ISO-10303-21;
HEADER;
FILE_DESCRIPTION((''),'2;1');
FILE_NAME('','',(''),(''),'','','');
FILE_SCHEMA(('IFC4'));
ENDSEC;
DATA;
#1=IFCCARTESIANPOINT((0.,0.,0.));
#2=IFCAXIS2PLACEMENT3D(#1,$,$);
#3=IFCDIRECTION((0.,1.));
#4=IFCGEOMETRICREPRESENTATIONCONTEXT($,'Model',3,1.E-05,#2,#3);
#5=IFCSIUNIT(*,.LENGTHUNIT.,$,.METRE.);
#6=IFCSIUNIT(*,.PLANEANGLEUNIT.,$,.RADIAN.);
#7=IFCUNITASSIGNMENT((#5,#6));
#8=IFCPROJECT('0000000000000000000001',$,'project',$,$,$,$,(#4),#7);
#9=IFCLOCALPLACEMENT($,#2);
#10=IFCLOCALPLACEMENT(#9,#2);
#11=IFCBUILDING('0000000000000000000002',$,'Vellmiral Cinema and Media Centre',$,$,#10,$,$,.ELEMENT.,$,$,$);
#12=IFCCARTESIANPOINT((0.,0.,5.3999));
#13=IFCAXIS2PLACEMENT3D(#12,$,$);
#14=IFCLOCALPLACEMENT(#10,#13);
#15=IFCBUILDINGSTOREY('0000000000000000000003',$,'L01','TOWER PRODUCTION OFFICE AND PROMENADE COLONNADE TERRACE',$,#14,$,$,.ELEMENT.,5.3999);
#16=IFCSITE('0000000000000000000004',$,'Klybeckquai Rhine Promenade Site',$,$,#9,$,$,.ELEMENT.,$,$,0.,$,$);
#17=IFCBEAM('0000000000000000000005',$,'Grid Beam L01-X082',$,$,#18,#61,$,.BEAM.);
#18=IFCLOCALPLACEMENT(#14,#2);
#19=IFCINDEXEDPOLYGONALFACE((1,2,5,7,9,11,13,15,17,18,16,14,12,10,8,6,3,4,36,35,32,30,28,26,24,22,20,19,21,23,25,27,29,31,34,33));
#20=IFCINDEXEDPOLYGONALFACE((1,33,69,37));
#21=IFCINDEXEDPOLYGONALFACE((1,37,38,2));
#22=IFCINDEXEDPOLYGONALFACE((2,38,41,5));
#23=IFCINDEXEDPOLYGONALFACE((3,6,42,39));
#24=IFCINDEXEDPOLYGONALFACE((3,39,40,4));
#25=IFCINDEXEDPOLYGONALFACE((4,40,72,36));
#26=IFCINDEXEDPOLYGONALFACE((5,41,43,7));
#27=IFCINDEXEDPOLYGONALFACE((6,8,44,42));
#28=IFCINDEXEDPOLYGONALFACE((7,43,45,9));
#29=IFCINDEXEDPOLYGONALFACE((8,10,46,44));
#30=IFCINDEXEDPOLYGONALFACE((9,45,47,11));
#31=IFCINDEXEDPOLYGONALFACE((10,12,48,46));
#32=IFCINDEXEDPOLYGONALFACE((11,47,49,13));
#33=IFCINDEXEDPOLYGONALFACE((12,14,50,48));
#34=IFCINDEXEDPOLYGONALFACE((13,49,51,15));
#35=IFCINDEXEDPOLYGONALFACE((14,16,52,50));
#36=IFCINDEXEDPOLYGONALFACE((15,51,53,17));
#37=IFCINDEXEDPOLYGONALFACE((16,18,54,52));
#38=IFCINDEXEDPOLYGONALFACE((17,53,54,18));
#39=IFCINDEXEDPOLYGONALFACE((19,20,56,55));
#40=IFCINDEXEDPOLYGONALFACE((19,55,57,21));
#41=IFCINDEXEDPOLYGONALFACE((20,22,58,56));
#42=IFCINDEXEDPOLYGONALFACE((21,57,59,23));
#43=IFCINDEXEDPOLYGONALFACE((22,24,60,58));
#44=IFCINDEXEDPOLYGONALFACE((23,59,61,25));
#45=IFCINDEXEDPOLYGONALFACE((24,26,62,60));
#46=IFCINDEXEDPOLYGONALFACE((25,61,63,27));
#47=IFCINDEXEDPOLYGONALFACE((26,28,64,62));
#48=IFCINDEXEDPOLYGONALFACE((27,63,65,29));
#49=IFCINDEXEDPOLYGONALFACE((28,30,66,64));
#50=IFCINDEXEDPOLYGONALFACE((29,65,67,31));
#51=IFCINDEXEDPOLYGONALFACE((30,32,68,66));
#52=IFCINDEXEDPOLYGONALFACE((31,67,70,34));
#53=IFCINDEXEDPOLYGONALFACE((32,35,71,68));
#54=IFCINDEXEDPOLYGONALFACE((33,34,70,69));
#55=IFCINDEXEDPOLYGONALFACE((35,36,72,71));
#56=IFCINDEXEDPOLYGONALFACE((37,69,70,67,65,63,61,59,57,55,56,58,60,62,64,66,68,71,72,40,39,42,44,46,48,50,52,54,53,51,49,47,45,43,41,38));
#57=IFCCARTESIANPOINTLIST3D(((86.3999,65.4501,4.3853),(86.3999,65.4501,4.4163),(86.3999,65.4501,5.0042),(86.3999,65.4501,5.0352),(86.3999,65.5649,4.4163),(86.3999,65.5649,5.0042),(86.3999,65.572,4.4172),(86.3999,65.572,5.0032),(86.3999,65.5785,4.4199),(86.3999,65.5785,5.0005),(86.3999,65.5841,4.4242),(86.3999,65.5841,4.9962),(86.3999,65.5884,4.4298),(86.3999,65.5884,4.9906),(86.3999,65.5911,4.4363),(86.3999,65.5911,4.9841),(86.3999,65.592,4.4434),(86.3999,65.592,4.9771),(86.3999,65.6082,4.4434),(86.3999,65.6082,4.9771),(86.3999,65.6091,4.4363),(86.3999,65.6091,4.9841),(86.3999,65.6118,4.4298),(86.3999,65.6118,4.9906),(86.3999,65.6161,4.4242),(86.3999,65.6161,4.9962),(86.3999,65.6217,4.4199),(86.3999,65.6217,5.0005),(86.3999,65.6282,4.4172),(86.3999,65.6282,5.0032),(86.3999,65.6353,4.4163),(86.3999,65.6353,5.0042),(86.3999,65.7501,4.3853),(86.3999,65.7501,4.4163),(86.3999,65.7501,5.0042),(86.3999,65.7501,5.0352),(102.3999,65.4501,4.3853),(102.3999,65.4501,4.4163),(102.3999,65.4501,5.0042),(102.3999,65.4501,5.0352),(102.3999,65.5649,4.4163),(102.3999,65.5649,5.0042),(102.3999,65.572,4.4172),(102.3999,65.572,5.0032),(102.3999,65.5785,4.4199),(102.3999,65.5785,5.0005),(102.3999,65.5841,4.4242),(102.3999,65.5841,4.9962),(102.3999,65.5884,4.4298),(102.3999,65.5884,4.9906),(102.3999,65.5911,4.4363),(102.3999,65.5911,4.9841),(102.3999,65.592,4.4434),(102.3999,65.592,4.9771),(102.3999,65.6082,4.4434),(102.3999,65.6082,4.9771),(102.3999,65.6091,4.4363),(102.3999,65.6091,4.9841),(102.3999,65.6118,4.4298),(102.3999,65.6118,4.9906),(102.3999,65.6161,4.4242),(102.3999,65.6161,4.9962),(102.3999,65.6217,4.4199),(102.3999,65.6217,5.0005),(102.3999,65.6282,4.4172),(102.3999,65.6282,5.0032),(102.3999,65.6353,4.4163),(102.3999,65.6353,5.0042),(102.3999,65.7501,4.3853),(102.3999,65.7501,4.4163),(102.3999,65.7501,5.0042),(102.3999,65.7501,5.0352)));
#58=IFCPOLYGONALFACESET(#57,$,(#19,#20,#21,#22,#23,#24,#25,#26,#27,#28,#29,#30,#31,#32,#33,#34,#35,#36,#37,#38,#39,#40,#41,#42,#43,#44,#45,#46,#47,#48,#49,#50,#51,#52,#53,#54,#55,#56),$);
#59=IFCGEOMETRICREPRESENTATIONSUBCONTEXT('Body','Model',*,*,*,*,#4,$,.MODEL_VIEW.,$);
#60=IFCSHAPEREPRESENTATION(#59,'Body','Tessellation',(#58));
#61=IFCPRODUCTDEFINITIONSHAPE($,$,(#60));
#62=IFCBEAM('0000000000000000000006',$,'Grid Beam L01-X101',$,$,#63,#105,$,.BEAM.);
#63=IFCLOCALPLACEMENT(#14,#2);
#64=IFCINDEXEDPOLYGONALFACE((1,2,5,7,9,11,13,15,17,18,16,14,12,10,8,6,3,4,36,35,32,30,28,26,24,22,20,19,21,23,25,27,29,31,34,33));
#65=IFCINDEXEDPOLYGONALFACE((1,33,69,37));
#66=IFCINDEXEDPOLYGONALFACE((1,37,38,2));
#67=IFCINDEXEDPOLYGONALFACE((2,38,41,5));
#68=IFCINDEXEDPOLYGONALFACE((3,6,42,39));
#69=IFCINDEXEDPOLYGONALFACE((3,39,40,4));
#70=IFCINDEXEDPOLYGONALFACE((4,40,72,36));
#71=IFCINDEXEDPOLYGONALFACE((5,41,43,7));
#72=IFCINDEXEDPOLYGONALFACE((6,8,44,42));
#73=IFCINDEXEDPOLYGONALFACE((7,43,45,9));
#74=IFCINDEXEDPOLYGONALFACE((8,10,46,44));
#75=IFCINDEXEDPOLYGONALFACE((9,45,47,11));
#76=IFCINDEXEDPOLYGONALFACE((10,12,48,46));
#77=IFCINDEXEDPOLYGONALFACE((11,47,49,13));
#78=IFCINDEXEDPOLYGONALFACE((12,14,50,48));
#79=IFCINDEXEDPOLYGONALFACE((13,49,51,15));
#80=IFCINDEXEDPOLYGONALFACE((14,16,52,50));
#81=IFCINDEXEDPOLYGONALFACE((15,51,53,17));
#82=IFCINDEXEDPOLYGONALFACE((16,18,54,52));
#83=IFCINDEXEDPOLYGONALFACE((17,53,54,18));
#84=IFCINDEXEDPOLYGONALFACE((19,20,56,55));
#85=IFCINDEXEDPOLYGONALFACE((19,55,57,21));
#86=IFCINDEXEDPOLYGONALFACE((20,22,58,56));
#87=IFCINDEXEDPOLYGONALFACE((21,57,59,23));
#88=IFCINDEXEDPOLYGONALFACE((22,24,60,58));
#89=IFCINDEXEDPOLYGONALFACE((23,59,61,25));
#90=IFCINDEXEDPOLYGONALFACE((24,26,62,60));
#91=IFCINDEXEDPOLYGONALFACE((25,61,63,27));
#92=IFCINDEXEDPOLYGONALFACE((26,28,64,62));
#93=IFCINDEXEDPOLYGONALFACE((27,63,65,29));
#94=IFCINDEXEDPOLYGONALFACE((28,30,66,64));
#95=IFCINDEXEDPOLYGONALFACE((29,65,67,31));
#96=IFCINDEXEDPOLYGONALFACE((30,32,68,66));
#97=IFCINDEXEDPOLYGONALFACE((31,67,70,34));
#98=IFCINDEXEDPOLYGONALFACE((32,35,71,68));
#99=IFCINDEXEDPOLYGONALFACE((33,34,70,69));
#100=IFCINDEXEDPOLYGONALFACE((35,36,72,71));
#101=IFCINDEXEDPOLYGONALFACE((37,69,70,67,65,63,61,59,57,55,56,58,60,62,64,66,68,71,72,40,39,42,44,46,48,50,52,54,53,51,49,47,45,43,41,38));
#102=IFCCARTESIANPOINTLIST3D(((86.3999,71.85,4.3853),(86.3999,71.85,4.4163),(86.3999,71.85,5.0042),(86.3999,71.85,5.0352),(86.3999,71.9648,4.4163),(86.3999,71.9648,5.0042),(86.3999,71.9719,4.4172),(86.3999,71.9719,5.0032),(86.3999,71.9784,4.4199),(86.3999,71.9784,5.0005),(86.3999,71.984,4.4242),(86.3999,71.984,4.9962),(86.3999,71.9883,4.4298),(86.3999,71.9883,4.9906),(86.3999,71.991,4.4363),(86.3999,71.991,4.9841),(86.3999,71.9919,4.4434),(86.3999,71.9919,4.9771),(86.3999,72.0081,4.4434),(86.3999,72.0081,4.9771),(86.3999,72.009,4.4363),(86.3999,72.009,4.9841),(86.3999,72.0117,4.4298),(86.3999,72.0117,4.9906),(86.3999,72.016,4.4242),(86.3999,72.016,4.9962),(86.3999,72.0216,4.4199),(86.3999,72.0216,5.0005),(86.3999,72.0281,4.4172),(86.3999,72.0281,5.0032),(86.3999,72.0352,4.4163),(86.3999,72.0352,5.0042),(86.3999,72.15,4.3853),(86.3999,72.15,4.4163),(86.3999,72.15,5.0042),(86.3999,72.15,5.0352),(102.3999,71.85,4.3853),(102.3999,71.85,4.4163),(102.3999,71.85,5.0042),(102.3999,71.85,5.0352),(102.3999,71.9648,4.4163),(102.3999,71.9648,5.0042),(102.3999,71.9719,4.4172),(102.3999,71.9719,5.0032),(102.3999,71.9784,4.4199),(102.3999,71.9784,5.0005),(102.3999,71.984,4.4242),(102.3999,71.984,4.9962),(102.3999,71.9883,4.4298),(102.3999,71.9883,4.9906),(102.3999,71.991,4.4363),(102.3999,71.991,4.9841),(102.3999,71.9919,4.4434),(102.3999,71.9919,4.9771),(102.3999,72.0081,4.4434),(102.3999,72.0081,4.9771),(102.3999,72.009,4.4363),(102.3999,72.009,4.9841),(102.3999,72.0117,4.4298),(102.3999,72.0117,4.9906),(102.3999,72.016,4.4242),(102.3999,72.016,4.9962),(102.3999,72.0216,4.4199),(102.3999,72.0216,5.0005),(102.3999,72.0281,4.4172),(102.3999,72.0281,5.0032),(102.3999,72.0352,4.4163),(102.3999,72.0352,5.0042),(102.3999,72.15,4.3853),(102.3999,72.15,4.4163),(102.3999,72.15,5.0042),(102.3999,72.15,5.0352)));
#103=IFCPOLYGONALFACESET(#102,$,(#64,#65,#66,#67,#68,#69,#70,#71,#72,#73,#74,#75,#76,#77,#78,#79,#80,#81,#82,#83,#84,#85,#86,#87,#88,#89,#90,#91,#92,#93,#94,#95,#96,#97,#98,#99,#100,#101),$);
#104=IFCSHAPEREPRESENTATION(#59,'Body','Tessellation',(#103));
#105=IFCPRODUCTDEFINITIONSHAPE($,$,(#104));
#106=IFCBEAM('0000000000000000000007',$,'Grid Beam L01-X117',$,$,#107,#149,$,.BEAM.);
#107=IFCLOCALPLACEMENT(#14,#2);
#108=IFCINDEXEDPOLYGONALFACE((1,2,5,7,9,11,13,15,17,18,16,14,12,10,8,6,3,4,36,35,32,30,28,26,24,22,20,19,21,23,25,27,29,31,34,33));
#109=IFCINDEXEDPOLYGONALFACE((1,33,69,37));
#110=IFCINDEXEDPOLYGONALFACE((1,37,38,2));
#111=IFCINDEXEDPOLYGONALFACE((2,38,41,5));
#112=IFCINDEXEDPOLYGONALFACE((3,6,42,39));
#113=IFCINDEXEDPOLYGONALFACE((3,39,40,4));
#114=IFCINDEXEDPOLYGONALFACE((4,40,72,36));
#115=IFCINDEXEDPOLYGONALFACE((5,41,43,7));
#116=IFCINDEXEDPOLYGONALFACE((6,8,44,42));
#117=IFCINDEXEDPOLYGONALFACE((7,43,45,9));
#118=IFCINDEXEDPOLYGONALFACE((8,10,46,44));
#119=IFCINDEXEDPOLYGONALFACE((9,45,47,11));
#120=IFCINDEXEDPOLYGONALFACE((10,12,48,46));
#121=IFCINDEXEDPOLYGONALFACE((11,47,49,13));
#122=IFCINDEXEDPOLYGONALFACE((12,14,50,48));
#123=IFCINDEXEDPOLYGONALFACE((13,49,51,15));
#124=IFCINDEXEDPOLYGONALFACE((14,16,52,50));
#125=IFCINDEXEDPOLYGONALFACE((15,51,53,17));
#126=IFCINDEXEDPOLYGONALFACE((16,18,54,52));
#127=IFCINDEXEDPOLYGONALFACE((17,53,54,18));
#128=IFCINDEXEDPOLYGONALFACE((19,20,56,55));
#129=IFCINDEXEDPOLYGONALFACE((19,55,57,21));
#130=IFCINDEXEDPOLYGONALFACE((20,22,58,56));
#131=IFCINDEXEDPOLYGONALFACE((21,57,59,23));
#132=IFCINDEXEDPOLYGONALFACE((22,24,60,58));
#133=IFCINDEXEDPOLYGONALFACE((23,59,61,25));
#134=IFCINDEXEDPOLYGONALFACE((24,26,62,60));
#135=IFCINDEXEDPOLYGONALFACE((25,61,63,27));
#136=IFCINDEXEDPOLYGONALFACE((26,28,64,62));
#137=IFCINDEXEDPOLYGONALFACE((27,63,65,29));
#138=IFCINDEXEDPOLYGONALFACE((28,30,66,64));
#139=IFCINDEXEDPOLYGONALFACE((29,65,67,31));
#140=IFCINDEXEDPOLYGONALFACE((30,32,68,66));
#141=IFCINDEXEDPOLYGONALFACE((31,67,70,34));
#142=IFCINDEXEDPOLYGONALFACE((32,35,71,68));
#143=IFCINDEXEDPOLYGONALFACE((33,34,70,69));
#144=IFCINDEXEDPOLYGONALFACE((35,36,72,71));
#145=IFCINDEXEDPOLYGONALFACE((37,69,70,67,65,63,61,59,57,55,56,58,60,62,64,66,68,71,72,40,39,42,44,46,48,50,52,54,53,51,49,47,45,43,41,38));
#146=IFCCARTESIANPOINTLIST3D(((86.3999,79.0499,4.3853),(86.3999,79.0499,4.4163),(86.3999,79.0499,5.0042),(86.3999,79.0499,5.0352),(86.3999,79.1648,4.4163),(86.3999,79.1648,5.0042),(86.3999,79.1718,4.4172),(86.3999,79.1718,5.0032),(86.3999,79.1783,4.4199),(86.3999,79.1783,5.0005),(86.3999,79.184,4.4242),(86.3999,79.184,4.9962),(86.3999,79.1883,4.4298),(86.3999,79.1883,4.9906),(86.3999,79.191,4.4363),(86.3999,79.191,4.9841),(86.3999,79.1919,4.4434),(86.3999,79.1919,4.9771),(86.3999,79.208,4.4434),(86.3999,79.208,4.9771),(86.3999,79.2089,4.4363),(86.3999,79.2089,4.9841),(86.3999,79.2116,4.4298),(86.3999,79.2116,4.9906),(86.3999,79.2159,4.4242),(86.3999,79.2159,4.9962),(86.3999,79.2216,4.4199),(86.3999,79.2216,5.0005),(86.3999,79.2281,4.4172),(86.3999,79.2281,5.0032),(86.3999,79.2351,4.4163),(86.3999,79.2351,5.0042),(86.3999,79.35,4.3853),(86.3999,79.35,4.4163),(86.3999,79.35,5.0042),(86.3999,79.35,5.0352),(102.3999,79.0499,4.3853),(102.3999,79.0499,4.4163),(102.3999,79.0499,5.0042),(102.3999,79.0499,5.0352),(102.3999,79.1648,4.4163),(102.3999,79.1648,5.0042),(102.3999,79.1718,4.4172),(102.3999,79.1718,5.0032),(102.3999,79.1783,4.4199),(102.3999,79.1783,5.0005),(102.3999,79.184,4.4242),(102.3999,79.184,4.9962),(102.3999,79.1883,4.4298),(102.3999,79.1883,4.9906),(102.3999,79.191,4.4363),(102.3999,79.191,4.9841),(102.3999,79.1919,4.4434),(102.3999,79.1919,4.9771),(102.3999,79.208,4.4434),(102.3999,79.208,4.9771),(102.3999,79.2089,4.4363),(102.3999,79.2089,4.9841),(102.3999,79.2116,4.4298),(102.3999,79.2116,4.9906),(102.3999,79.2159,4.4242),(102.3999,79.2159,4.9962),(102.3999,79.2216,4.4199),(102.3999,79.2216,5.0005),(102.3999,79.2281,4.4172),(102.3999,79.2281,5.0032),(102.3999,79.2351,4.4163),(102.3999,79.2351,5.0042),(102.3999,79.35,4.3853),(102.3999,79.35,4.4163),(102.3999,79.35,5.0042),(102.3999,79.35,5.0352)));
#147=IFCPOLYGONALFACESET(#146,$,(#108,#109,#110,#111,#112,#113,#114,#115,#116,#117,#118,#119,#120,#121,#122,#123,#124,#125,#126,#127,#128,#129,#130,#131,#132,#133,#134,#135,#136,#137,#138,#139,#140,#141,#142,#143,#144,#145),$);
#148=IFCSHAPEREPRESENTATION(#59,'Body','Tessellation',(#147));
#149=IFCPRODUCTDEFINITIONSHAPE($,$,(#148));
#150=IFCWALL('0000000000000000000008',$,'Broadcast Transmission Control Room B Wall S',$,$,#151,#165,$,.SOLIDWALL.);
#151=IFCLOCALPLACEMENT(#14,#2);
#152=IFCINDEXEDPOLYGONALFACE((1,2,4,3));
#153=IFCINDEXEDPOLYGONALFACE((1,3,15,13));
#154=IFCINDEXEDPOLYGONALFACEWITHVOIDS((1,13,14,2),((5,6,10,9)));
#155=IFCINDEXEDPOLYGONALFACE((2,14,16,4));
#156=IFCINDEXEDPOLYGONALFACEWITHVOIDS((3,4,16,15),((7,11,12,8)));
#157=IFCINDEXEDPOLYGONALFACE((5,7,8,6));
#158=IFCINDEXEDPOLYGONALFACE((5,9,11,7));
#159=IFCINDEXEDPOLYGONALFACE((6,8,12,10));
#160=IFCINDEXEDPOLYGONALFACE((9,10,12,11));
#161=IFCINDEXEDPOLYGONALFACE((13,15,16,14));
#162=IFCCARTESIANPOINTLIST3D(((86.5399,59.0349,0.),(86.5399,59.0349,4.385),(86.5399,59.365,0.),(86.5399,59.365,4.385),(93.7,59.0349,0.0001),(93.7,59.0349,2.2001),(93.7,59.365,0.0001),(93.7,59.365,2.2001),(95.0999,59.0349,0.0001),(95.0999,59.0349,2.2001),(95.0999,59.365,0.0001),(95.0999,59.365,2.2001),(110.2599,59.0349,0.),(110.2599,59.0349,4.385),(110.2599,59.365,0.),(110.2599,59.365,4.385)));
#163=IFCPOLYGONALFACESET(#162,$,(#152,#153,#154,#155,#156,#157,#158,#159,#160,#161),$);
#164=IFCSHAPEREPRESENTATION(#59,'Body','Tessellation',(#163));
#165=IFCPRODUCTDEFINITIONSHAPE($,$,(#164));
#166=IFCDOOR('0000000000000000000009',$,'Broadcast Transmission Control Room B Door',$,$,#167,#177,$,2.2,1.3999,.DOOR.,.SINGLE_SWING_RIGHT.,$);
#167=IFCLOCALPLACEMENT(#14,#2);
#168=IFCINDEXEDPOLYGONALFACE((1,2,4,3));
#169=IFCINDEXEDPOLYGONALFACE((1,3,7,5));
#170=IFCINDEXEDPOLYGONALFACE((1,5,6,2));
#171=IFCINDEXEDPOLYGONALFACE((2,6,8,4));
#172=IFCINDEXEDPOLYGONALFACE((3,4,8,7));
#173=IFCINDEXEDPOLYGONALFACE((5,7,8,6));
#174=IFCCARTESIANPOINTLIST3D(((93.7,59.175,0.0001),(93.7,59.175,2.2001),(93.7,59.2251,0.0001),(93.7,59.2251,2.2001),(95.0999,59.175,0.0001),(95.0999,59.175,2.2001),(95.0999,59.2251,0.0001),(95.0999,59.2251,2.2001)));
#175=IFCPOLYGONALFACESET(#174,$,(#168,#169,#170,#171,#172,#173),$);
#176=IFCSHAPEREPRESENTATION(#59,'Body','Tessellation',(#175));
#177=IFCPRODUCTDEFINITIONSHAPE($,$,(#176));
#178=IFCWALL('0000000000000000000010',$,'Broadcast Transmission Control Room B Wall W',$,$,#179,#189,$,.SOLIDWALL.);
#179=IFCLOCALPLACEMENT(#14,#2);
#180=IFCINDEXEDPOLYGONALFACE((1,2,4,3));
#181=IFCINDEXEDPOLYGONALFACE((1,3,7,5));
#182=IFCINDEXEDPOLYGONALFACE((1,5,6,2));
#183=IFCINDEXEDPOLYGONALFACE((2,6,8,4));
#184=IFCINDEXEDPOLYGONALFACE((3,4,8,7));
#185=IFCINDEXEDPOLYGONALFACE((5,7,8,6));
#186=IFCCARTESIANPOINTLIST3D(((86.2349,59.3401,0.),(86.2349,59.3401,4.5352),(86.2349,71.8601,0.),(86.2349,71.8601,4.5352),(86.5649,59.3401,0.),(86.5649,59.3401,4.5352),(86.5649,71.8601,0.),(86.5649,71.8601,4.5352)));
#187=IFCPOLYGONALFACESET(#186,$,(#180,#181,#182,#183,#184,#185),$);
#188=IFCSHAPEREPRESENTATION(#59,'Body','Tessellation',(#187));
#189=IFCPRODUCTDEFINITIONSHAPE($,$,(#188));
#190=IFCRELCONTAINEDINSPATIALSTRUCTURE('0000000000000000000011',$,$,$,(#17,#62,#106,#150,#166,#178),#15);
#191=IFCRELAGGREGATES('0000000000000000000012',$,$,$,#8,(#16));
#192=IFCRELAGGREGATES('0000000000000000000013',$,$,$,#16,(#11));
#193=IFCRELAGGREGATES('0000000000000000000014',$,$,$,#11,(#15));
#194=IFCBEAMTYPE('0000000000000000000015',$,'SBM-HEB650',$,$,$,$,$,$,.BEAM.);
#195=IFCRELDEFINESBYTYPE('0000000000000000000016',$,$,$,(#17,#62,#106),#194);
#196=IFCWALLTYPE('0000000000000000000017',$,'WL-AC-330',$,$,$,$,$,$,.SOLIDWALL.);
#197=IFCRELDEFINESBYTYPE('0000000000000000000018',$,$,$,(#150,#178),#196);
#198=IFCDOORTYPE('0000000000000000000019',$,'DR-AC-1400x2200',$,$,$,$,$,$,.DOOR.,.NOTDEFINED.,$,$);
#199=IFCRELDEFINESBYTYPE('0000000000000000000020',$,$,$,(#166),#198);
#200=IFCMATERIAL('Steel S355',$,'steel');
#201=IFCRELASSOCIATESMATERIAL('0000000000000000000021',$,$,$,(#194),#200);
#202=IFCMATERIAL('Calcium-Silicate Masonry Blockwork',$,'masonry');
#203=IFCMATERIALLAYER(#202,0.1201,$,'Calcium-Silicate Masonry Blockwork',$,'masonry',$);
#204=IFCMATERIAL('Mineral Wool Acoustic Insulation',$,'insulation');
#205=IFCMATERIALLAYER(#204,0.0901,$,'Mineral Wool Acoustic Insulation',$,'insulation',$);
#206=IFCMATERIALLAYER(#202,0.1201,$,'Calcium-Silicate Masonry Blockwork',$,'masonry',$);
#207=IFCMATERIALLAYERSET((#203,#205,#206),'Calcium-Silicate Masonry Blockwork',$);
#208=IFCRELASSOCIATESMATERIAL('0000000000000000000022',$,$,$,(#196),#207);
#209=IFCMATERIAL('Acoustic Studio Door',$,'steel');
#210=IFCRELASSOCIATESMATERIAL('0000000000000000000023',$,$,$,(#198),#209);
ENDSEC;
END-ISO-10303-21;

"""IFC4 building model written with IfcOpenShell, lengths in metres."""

from ifc_helpers import new_model, si_unit, direction, frame, frame_2d, origin, origin_2d, place, context, subcontext, project, spatial, rectangle, i_section, extrude, material, layer, layer_set, material_profile, profile_set, type_object, element, fill, save


model = new_model("IFC4")

# Units and contexts
model_context = context("Model", 3, precision=1e-05, world=origin(), true_north=direction((0.0, 1.0)))
body_context = subcontext(model_context, "Body", "Model", "MODEL_VIEW")
ifc_project = project(units=[si_unit("LENGTHUNIT", "METRE"), si_unit("PLANEANGLEUNIT", "RADIAN")], contexts=[model_context])

# Site, building, storey
site_placement = place(None, origin())
site = spatial("IfcSite", under=ifc_project, at=site_placement, Name="Klybeckquai Rhine Promenade Site", CompositionType="ELEMENT", RefElevation=0.0)
building_placement = place(site_placement, origin())
building = spatial("IfcBuilding", under=site, at=building_placement, Name="Vellmiral Cinema and Media Centre", CompositionType="ELEMENT")
storey_placement = place(building_placement, frame((0.0, 0.0, 5.3999)))
storey = spatial("IfcBuildingStorey", under=building, at=storey_placement, Name="L01", Description="TOWER PRODUCTION OFFICE AND PROMENADE COLONNADE TERRACE", CompositionType="ELEMENT", Elevation=5.3999)

# Beams
ifc_material_1 = material(Name="Steel S355", Category="steel")
ifc_material_profile_1 = material_profile(ifc_material_1, i_section(OverallWidth=0.3, OverallDepth=0.6499, WebThickness=0.0161, FlangeThickness=0.031, FilletRadius=0.0271, at=origin_2d()), Name="HEB 650")
ifc_profile_set_1 = profile_set([ifc_material_profile_1], Name="Steel S355")
beam_type_1 = type_object("IfcBeamType", Name="SBM-HEB650", PredefinedType="BEAM", material=ifc_profile_set_1)
for number, where, z_axis, x_axis, name in (
    (1, (86.3999, 65.6001, 4.7102), (1.0, 0.0, 0.0), (0.0, 1.0, 0.0), "Grid Beam L01-X082"),
    (2, (86.3999, 72.0, 4.7102), (1.0, 0.0, 0.0), (0.0, 1.0, 0.0), "Grid Beam L01-X101"),
    (3, (86.3999, 79.2, 4.7102), (1.0, 0.0, 0.0), (0.0, 1.0, 0.0), "Grid Beam L01-X117"),
):
    element("IfcBeam", number, at=place(storey_placement, frame(where, z_axis=z_axis, x_axis=x_axis)), inside=storey, type_object=beam_type_1, Name=name, PredefinedType="BEAM", context=body_context, shape_type="SweptSolid", body=[
        extrude(i_section(OverallWidth=0.3, OverallDepth=0.6499, WebThickness=0.0161, FlangeThickness=0.031, FilletRadius=0.0271, at=origin_2d()), origin(), (0.0, 0.0, 1.0), 16.0),
    ])

# Wall, opening, door
ifc_material_2 = material(Name="Calcium-Silicate Masonry Blockwork", Category="masonry")
ifc_layer_1 = layer(ifc_material_2, 0.1201, Name="Calcium-Silicate Masonry Blockwork", Category="masonry")
ifc_material_3 = material(Name="Mineral Wool Acoustic Insulation", Category="insulation")
ifc_layer_2 = layer(ifc_material_3, 0.0901, Name="Mineral Wool Acoustic Insulation", Category="insulation")
ifc_layer_3 = layer(ifc_material_2, 0.1201, Name="Calcium-Silicate Masonry Blockwork", Category="masonry")
ifc_layer_set_1 = layer_set([ifc_layer_1, ifc_layer_2, ifc_layer_3], Name="Calcium-Silicate Masonry Blockwork")
wall_type_1 = type_object("IfcWallType", Name="WL-AC-330", PredefinedType="SOLIDWALL", material=ifc_layer_set_1)
wall_1_placement = place(storey_placement, frame((86.54, 59.2, 0.0), z_axis=(0.0, 0.0, 1.0), x_axis=(1.0, 0.0, 0.0)))
wall_1 = element("IfcWall", 4, at=wall_1_placement, inside=storey, type_object=wall_type_1, Name="Broadcast Transmission Control Room B Wall S", PredefinedType="SOLIDWALL", context=body_context, shape_type="SweptSolid", body=[
    extrude(rectangle(XDim=23.72, YDim=0.3301, at=frame_2d((11.8599, 0.0))), origin(), (0.0, 0.0, 1.0), 4.385),
])
opening_placement = place(wall_1_placement, frame((7.1599, 0.0, 0.0)))
opening = element("IfcOpeningElement", 5, at=opening_placement, cuts=wall_1, PredefinedType="OPENING", context=body_context, shape_type="SweptSolid", body=[
    extrude(rectangle(XDim=1.3999, YDim=2.2, at=frame_2d((0.7, 1.1001))), frame((0.0, 0.177, 0.0), z_axis=(0.0, -1.0, 0.0), x_axis=(1.0, 0.0, 0.0)), (0.0, 0.0, 1.0), 0.354),
])
ifc_material_4 = material(Name="Acoustic Studio Door", Category="steel")
door_type = type_object("IfcDoorType", Name="DR-AC-1400x2200", OperationType="NOTDEFINED", PredefinedType="DOOR", material=ifc_material_4)
door_placement = place(opening_placement, frame((1.3999, 0.0, 0.0), z_axis=(0.0, 0.0, 1.0), x_axis=(-1.0, 0.0, 0.0)))
door = element("IfcDoor", 6, at=door_placement, inside=storey, type_object=door_type, Name="Broadcast Transmission Control Room B Door", OperationType="SINGLE_SWING_RIGHT", OverallHeight=2.2, OverallWidth=1.3999, PredefinedType="DOOR", context=body_context, shape_type="SweptSolid", body=[
    extrude(rectangle(XDim=1.3999, YDim=2.2, at=frame_2d((0.7, 1.1001))), frame((0.0, 0.0249, 0.0), z_axis=(0.0, -1.0, 0.0), x_axis=(1.0, 0.0, 0.0)), (0.0, 0.0, 1.0), 0.05),
])
fill(opening, door)

# Wall
wall_2_placement = place(storey_placement, frame((86.3999, 59.3401, 0.0), z_axis=(0.0, 0.0, 1.0), x_axis=(0.0, 1.0, 0.0)))
element("IfcWall", 7, at=wall_2_placement, inside=storey, type_object=wall_type_1, Name="Broadcast Transmission Control Room B Wall W", PredefinedType="SOLIDWALL", context=body_context, shape_type="SweptSolid", body=[
    extrude(rectangle(XDim=12.52, YDim=0.3301, at=frame_2d((6.26, 0.0))), origin(), (0.0, 0.0, 1.0), 4.5352),
])

save(model, "model.ifc")
